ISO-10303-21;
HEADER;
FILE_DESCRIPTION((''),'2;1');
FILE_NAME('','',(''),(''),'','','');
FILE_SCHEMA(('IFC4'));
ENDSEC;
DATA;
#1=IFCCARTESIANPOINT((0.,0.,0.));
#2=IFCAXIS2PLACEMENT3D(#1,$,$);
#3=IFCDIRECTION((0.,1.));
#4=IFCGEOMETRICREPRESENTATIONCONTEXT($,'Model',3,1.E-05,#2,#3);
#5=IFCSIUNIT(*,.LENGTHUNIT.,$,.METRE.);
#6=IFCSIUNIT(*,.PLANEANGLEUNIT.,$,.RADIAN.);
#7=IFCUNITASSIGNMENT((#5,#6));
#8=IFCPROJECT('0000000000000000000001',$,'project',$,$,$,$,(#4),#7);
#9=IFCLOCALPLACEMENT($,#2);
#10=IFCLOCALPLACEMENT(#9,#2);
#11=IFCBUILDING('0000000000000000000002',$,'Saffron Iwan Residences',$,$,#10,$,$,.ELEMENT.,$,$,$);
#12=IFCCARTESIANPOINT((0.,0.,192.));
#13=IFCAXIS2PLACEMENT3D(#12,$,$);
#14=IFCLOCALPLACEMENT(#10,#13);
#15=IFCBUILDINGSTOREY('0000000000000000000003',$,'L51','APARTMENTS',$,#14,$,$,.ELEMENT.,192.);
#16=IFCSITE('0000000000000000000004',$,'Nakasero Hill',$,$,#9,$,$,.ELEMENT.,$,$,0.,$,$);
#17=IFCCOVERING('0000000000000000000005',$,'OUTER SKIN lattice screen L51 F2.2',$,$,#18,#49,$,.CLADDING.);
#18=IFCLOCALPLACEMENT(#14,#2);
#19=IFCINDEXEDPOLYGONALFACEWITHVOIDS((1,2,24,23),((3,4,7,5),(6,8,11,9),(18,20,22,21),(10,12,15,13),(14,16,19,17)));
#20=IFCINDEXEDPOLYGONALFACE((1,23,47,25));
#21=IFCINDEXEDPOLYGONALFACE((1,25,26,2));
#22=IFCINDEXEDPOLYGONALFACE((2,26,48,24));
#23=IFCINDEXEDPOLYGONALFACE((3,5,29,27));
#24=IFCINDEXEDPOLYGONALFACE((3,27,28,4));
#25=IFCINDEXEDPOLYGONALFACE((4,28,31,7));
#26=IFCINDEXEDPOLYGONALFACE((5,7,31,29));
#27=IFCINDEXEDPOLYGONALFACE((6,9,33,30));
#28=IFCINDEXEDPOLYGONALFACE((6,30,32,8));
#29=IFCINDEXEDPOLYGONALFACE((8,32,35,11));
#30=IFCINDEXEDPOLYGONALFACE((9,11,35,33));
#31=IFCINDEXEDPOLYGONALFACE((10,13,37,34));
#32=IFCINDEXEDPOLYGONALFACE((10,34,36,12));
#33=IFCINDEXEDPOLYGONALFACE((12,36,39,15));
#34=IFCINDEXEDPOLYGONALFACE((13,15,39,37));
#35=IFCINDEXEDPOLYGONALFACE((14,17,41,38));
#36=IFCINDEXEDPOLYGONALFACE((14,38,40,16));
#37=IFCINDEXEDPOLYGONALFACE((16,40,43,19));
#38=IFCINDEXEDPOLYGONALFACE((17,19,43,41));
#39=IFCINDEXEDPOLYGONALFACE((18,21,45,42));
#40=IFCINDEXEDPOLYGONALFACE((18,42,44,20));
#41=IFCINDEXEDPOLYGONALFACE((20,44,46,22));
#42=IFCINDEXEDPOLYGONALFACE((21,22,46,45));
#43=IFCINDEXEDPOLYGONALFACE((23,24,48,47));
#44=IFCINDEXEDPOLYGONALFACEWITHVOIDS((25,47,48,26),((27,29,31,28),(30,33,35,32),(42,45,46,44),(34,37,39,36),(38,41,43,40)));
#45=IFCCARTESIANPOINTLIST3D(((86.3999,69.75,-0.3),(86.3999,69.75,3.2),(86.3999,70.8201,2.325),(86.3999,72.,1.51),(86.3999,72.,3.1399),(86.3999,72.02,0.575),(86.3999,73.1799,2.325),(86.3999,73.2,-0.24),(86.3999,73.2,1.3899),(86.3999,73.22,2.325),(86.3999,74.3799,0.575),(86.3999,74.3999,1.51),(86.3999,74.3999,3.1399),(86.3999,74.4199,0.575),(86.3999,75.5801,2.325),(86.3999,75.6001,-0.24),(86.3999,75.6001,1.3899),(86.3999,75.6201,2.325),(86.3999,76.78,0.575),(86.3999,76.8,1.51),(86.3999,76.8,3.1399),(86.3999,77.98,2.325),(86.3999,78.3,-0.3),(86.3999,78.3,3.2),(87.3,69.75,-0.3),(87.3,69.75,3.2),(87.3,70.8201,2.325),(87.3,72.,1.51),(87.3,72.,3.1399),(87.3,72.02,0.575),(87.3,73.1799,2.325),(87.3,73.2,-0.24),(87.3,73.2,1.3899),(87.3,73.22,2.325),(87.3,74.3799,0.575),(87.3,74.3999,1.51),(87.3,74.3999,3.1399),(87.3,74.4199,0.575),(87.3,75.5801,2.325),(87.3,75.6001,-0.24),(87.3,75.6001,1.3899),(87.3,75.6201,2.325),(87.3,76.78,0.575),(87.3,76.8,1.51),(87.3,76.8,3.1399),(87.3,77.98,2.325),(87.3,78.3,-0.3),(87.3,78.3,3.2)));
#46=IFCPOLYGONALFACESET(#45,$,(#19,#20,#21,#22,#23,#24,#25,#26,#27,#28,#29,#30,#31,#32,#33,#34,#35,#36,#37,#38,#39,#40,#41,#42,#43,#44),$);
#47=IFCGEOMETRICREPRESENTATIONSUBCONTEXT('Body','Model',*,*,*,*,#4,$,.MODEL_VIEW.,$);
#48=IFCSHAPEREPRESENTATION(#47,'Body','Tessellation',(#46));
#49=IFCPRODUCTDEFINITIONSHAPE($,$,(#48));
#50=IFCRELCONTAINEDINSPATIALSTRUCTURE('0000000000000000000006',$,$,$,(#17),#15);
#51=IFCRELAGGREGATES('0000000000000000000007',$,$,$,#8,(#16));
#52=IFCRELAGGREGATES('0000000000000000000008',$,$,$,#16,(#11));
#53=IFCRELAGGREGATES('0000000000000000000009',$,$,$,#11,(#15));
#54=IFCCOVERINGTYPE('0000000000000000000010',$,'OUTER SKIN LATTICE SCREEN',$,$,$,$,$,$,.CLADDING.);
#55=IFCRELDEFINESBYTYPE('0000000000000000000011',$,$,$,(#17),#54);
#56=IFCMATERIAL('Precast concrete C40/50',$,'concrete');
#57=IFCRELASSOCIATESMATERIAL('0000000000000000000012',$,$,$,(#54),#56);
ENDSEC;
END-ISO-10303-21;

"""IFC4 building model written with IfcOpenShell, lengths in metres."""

from ifc_helpers import new_model, si_unit, direction, frame, origin, place, context, subcontext, project, spatial, polyline, outline, extrude, material, type_object, element, save


model = new_model("IFC4")

# Units and contexts
model_context = context("Model", 3, precision=1e-05, world=origin(), true_north=direction((0.0, 1.0)))
body_context = subcontext(model_context, "Body", "Model", "MODEL_VIEW")
ifc_project = project(units=[si_unit("LENGTHUNIT", "METRE"), si_unit("PLANEANGLEUNIT", "RADIAN")], contexts=[model_context])

# Site, building, storey
site_placement = place(None, origin())
site = spatial("IfcSite", under=ifc_project, at=site_placement, Name="Nakasero Hill", CompositionType="ELEMENT", RefElevation=0.0)
building_placement = place(site_placement, origin())
building = spatial("IfcBuilding", under=site, at=building_placement, Name="Saffron Iwan Residences", CompositionType="ELEMENT")
storey_placement = place(building_placement, frame((0.0, 0.0, 192.0)))
storey = spatial("IfcBuildingStorey", under=building, at=storey_placement, Name="L51", Description="APARTMENTS", CompositionType="ELEMENT", Elevation=192.0)

# Covering
ifc_material_1 = material(Name="Precast concrete C40/50", Category="concrete")
covering_type = type_object("IfcCoveringType", Name="OUTER SKIN LATTICE SCREEN", PredefinedType="CLADDING", material=ifc_material_1)
covering_placement = place(storey_placement, frame((86.3999, 69.75, -0.3), z_axis=(1.0, 0.0, 0.0), x_axis=(0.0, 1.0, 0.0)))
element("IfcCovering", 1, at=covering_placement, inside=storey, type_object=covering_type, Name="OUTER SKIN lattice screen L51 F2.2", PredefinedType="CLADDING", context=body_context, shape_type="SweptSolid", body=[
    extrude(outline(polyline([(0.0, 0.0), (8.55, 0.0), (8.55, 3.5), (0.0, 3.5), (0.0, 0.0)]), holes=[polyline([(2.27, 0.875), (3.45, 0.0601), (4.6299, 0.875), (3.45, 1.6899), (2.27, 0.875)]), polyline([(4.6699, 0.875), (5.8501, 0.0601), (7.03, 0.875), (5.8501, 1.6899), (4.6699, 0.875)]), polyline([(1.0701, 2.625), (2.25, 1.8101), (3.4299, 2.625), (2.25, 3.4399), (1.0701, 2.625)]), polyline([(3.47, 2.625), (4.6499, 1.8101), (5.8301, 2.625), (4.6499, 3.4399), (3.47, 2.625)]), polyline([(5.8701, 2.625), (7.05, 1.8101), (8.23, 2.625), (7.05, 3.4399), (5.8701, 2.625)])]), origin(), (0.0, 0.0, 1.0), 0.9001),
])

save(model, "model.ifc")
